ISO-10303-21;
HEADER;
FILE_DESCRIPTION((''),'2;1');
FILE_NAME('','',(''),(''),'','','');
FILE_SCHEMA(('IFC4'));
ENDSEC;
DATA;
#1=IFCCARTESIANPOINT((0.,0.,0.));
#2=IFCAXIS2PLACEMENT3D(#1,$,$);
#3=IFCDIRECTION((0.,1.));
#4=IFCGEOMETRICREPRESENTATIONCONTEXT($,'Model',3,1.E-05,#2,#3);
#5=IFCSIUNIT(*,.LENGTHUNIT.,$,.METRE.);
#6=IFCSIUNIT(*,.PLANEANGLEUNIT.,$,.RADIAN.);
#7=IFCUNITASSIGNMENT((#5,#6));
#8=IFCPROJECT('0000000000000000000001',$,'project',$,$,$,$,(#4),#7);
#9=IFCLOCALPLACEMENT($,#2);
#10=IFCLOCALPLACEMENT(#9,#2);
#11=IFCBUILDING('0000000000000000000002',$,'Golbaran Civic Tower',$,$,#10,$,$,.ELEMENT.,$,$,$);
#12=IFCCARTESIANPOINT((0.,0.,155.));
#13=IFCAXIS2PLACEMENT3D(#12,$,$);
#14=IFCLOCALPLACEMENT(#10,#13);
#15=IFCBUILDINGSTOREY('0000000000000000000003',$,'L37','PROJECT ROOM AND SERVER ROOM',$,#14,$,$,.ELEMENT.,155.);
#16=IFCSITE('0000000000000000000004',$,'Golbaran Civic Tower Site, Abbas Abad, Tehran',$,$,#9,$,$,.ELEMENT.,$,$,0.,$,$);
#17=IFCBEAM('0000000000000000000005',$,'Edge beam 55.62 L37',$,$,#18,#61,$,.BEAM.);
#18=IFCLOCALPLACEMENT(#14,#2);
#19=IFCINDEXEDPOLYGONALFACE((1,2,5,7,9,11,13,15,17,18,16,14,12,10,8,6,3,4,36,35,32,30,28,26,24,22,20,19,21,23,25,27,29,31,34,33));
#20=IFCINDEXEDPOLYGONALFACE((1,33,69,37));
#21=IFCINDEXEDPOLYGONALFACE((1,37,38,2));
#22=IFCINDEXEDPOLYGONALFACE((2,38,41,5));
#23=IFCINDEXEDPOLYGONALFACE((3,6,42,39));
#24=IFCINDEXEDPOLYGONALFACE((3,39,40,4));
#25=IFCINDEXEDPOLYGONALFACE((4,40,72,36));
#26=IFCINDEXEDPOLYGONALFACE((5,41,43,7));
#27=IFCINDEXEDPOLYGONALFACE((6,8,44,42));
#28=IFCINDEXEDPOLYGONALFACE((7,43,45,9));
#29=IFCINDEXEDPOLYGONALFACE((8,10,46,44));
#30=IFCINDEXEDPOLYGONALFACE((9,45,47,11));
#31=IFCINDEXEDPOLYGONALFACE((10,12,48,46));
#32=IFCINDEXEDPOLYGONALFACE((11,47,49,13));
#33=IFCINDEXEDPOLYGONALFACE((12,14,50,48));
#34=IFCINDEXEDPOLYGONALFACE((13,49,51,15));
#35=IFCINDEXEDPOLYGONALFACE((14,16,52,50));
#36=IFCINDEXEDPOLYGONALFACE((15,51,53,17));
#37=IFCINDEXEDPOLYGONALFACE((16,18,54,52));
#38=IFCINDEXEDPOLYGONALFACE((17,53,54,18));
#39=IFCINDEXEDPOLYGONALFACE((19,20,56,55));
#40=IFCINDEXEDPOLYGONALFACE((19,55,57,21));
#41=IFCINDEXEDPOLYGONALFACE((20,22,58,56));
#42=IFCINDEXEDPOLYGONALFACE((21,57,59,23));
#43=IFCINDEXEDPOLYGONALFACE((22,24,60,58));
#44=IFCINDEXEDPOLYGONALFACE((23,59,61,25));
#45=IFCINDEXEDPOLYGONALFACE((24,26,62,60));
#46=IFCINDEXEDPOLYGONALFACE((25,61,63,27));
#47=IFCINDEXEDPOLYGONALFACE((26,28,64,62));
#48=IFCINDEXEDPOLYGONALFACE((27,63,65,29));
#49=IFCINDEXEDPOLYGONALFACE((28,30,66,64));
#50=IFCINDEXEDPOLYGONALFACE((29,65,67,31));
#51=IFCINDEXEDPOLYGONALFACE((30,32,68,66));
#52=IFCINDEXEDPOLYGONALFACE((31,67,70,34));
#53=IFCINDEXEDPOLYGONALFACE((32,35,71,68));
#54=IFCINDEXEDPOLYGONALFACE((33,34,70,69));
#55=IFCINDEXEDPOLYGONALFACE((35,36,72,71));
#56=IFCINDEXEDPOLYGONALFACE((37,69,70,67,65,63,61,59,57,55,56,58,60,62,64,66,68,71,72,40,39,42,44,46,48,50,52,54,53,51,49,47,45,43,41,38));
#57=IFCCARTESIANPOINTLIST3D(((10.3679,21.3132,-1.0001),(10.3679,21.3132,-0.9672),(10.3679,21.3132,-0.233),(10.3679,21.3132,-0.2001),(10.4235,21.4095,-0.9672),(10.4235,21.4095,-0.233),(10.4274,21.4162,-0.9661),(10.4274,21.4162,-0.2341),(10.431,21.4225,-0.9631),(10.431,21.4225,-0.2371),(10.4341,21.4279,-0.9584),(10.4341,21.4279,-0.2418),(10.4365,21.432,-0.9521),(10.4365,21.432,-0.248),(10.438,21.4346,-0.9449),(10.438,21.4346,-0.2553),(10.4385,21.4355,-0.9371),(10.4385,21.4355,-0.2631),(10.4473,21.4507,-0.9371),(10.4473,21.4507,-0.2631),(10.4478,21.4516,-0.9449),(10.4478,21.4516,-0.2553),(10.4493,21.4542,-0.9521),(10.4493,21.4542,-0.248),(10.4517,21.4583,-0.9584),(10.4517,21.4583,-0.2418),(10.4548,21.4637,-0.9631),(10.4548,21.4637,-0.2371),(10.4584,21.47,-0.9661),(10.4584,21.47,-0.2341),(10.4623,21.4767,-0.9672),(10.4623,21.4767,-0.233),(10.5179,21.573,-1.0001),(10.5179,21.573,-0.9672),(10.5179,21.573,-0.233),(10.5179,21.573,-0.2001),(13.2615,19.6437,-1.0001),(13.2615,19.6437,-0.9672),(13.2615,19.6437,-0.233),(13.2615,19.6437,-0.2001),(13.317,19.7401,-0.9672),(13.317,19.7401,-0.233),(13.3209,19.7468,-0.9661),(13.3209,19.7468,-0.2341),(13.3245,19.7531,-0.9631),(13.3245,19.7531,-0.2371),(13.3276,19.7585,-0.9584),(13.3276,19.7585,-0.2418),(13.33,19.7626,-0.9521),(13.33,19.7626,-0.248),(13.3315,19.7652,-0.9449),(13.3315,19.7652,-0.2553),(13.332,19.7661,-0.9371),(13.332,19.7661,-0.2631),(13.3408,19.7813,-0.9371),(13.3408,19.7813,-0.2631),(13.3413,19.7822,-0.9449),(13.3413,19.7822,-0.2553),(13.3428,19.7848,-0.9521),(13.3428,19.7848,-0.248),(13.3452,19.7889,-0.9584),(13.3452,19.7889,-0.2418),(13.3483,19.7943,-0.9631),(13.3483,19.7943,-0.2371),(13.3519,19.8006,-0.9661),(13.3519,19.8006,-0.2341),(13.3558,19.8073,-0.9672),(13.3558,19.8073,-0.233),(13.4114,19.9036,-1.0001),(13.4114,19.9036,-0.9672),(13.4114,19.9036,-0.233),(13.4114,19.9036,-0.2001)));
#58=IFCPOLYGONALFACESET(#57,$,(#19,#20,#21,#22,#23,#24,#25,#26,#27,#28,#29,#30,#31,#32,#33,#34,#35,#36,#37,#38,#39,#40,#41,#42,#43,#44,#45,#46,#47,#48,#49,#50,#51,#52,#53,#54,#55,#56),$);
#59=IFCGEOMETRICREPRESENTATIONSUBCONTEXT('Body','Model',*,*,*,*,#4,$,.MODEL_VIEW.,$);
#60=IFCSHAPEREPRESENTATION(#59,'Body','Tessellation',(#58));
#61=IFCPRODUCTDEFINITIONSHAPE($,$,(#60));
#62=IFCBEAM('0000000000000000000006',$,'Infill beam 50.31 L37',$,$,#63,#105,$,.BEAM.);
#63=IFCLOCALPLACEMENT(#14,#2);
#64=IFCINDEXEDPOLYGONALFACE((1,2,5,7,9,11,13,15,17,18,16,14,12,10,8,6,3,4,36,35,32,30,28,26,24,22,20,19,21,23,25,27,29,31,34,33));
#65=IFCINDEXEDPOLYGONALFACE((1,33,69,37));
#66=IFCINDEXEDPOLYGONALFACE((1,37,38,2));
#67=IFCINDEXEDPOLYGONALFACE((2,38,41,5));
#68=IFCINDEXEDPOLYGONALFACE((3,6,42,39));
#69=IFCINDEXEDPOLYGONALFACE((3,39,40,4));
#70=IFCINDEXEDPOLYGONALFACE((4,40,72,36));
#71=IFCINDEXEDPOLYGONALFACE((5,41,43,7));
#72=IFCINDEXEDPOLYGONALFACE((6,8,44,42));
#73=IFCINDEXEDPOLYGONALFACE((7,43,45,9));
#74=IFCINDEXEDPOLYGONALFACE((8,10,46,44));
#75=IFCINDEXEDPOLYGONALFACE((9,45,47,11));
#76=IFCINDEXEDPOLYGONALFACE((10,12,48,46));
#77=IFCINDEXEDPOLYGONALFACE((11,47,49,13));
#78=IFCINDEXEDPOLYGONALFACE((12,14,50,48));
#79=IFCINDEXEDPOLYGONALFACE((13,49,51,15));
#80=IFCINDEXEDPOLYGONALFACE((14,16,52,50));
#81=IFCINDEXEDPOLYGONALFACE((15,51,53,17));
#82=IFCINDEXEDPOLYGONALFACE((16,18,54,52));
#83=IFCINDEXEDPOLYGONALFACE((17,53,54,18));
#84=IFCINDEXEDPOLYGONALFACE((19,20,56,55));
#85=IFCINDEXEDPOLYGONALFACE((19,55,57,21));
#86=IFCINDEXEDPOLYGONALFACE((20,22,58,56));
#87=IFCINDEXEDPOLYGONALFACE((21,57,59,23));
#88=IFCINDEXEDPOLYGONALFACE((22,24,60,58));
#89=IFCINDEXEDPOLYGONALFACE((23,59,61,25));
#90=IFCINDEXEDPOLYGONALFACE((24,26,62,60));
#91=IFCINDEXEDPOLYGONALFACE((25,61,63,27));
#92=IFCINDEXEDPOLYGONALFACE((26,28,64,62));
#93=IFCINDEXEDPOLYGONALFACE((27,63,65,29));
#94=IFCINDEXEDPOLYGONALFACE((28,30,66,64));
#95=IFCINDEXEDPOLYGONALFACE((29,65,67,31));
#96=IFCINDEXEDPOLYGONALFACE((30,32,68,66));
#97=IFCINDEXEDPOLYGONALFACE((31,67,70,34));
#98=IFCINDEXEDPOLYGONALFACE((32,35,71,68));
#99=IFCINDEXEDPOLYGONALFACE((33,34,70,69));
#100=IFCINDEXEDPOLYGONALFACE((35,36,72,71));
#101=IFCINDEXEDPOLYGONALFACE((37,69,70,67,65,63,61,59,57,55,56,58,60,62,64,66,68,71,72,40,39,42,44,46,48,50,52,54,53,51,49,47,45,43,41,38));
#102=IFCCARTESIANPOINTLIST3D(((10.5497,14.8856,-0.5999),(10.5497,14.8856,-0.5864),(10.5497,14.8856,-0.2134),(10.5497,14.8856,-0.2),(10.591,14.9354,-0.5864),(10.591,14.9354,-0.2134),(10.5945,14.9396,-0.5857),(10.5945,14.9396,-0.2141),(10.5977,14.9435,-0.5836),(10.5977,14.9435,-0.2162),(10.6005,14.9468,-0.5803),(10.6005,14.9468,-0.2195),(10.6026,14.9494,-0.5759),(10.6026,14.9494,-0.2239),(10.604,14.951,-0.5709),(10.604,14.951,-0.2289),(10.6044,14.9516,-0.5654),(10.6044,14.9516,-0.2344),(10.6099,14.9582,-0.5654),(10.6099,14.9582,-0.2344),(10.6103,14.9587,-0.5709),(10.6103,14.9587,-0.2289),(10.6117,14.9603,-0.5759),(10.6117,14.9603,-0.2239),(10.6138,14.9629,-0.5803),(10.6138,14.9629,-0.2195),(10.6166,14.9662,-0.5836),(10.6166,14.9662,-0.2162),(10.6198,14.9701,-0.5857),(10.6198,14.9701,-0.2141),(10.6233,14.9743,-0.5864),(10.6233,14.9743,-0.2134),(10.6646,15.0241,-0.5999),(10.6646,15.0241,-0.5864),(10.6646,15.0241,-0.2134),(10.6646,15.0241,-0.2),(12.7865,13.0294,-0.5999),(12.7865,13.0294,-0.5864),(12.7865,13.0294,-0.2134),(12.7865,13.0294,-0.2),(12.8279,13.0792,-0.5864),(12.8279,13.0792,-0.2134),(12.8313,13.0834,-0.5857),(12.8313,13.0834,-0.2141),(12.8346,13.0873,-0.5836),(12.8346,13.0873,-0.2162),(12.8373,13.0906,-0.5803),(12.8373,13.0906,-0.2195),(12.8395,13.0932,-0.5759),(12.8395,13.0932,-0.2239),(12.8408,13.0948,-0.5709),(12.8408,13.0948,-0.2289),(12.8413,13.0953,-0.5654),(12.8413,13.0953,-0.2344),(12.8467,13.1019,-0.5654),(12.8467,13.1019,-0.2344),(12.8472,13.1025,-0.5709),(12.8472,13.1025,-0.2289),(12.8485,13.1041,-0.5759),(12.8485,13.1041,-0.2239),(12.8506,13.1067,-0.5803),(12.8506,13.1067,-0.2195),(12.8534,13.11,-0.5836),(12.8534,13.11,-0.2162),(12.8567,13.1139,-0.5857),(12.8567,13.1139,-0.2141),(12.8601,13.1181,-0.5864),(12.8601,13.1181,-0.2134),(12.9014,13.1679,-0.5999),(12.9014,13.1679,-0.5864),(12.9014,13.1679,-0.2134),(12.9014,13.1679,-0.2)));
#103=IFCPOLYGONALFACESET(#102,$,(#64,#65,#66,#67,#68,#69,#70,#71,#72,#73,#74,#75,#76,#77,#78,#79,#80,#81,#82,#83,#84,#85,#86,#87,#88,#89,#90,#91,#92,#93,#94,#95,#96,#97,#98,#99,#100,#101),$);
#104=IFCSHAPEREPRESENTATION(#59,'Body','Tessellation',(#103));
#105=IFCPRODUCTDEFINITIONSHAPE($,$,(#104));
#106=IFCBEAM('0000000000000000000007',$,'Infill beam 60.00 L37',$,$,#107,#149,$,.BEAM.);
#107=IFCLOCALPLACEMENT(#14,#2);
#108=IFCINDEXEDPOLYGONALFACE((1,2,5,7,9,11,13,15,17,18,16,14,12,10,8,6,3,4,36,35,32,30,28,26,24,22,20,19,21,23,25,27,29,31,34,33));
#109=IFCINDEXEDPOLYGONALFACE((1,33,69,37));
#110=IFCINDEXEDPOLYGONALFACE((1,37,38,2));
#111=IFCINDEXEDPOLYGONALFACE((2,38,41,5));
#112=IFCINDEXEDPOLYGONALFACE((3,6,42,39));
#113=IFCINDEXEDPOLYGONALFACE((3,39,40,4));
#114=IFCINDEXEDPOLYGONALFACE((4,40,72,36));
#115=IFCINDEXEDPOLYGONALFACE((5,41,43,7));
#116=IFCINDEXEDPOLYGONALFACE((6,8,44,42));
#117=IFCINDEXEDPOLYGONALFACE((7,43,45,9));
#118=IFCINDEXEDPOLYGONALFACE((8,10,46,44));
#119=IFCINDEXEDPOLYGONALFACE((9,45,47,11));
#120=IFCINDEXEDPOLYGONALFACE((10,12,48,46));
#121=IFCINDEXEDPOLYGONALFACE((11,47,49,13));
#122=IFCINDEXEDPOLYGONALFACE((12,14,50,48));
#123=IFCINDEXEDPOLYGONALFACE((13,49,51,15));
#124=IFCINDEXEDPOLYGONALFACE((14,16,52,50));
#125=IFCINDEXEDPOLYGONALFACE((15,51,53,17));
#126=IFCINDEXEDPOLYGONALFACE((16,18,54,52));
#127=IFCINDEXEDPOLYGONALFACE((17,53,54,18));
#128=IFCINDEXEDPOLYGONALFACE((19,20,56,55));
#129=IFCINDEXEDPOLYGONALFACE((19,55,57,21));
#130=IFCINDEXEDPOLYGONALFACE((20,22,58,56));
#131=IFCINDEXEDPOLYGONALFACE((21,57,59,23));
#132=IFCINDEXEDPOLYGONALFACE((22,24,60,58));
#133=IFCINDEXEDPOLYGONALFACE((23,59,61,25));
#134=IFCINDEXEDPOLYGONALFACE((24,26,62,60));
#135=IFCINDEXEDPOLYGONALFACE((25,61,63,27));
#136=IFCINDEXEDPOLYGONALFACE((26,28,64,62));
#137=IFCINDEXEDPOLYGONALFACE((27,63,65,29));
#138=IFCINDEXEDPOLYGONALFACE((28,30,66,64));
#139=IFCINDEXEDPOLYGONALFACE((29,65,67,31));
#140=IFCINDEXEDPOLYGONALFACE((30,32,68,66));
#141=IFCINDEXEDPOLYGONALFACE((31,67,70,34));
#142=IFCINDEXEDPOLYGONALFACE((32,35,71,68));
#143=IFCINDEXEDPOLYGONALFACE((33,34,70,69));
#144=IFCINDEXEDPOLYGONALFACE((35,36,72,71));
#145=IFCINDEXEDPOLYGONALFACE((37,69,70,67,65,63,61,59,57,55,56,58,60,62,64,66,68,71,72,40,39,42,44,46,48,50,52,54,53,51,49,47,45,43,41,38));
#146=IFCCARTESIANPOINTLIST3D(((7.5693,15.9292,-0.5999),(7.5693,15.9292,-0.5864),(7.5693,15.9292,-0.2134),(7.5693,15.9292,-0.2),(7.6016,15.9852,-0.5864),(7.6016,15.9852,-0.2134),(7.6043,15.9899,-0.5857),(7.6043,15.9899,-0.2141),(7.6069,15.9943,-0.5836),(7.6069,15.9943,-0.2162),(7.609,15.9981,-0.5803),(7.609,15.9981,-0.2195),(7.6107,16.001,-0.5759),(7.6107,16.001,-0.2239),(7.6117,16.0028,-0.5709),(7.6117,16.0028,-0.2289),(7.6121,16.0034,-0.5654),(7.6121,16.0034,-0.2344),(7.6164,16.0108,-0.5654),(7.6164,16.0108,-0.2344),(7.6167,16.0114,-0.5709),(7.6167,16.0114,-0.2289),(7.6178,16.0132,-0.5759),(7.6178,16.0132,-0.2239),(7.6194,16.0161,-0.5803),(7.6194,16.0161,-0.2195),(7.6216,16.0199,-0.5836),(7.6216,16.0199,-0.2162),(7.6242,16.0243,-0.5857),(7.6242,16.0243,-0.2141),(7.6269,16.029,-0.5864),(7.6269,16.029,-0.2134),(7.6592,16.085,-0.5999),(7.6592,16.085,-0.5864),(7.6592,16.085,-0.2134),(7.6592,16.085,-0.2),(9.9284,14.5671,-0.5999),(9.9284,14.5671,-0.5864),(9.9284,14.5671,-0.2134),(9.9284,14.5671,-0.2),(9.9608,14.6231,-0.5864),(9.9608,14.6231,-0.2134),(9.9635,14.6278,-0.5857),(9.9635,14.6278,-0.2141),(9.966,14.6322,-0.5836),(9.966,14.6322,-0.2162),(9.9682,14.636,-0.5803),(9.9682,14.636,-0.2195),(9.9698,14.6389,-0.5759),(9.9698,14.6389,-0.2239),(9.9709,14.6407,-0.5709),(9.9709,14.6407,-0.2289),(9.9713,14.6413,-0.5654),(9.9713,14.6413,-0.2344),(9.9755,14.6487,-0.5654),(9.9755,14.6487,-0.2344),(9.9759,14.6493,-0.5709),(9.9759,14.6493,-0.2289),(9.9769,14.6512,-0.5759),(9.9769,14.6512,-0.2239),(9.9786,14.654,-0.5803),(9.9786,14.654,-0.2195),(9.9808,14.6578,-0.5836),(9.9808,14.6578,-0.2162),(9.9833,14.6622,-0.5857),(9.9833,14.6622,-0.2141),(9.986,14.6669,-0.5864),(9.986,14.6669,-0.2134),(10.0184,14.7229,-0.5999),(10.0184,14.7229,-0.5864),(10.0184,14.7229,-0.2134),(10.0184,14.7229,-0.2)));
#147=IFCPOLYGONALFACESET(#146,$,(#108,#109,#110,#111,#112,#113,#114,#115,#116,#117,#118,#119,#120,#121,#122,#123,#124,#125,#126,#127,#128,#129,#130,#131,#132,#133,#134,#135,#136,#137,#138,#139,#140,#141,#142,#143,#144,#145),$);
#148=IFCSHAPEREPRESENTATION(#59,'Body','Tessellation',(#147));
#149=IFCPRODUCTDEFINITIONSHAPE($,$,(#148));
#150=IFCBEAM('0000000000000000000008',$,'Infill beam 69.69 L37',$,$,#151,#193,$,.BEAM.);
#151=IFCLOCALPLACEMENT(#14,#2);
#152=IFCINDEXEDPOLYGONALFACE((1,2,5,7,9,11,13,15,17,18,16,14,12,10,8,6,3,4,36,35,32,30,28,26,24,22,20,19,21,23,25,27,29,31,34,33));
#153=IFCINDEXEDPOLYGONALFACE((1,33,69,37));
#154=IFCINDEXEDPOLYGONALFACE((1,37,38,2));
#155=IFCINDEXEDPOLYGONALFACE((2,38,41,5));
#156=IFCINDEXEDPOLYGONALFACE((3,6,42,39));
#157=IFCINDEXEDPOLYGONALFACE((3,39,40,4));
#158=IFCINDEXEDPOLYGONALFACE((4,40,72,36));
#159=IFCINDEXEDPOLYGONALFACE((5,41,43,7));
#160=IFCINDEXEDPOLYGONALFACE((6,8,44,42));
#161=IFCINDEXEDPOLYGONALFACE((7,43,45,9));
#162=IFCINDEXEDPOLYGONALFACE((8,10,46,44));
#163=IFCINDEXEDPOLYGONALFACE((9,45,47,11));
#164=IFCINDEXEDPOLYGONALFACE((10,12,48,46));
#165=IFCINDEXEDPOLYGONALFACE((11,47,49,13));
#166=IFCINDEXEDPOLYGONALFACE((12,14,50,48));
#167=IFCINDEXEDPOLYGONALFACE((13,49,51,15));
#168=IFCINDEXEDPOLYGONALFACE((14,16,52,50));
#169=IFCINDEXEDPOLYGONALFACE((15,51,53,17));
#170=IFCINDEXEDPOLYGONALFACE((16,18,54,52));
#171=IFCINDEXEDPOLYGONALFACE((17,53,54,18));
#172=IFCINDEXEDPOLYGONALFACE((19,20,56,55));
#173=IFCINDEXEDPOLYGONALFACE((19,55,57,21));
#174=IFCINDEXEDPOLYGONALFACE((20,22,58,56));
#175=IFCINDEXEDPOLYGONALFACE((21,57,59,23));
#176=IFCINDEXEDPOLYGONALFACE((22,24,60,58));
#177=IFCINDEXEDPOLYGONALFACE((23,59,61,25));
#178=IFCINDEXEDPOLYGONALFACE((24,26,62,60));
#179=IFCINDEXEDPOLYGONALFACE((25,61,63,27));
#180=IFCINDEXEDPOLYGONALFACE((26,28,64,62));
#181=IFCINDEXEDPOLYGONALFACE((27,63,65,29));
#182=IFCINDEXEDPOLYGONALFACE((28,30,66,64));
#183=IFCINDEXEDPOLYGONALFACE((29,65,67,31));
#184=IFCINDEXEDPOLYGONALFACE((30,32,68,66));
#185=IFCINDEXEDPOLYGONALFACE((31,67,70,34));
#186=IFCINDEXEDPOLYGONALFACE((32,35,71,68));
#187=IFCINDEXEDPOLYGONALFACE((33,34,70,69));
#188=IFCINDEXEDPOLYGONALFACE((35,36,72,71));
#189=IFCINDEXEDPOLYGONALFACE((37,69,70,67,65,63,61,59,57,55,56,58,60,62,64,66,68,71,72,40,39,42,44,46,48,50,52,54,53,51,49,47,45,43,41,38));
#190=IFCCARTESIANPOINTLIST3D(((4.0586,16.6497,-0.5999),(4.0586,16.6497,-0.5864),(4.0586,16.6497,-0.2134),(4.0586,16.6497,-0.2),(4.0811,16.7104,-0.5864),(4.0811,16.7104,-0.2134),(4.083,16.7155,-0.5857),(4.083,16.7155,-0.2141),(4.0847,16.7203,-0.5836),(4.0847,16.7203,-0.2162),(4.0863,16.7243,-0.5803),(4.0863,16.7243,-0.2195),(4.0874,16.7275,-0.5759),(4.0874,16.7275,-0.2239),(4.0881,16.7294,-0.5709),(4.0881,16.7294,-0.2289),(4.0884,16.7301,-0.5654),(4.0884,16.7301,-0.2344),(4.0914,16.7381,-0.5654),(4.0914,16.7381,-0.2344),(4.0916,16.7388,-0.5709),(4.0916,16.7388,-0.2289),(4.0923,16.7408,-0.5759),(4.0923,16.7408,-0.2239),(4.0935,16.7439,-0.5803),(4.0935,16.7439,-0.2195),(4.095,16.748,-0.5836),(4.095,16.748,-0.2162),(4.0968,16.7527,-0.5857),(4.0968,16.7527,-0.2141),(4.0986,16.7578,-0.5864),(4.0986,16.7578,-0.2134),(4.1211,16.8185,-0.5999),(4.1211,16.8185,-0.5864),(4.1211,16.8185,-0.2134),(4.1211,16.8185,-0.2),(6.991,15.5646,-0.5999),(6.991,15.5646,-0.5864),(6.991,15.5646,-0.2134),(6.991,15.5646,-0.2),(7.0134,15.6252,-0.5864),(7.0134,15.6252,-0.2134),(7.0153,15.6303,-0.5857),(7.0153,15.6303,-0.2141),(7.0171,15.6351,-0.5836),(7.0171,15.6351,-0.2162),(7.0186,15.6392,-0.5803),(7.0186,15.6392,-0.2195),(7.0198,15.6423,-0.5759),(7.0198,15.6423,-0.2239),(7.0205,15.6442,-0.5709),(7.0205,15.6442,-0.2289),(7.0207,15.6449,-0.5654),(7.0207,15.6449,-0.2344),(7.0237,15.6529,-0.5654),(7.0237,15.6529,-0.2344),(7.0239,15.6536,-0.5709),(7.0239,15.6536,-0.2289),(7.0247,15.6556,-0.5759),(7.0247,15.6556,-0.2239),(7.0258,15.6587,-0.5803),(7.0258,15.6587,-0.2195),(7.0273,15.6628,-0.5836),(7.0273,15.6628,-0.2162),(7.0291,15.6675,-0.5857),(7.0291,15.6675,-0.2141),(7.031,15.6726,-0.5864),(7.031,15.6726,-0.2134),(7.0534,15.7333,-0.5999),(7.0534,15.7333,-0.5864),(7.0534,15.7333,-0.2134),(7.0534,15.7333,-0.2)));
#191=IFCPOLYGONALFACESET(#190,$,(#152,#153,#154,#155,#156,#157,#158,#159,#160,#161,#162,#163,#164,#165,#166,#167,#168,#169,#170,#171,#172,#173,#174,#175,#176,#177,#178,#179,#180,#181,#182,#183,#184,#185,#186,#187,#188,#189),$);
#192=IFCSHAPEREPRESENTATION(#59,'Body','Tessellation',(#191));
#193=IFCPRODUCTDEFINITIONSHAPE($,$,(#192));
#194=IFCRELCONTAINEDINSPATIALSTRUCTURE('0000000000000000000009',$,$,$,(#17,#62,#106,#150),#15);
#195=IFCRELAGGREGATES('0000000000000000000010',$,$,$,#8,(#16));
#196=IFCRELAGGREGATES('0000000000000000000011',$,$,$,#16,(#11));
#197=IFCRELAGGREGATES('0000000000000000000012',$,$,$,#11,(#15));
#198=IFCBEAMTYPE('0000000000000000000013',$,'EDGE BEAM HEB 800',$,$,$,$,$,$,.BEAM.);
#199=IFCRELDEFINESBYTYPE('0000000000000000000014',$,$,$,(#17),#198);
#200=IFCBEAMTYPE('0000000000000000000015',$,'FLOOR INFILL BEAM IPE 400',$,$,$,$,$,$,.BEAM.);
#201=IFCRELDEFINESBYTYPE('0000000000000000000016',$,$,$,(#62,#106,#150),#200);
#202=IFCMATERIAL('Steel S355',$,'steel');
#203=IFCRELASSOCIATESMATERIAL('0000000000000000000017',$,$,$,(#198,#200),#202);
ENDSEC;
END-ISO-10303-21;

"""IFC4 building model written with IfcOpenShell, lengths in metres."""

from ifc_helpers import new_model, si_unit, direction, frame, origin, origin_2d, place, context, subcontext, project, spatial, i_section, extrude, material, material_profile, profile_set, type_object, element, save


model = new_model("IFC4")

# Units and contexts
model_context = context("Model", 3, precision=1e-05, world=origin(), true_north=direction((0.0, 1.0)))
body_context = subcontext(model_context, "Body", "Model", "MODEL_VIEW")
ifc_project = project(units=[si_unit("LENGTHUNIT", "METRE"), si_unit("PLANEANGLEUNIT", "RADIAN")], contexts=[model_context])

# Site, building, storey
site_placement = place(None, origin())
site = spatial("IfcSite", under=ifc_project, at=site_placement, Name="Golbaran Civic Tower Site, Abbas Abad, Tehran", CompositionType="ELEMENT", RefElevation=0.0)
building_placement = place(site_placement, origin())
building = spatial("IfcBuilding", under=site, at=building_placement, Name="Golbaran Civic Tower", CompositionType="ELEMENT")
storey_placement = place(building_placement, frame((0.0, 0.0, 155.0)))
storey = spatial("IfcBuildingStorey", under=building, at=storey_placement, Name="L37", Description="PROJECT ROOM AND SERVER ROOM", CompositionType="ELEMENT", Elevation=155.0)

# Beams
ifc_material_1 = material(Name="Steel S355", Category="steel")
ifc_material_profile_1 = material_profile(ifc_material_1, i_section(OverallWidth=0.3, OverallDepth=0.8, WebThickness=0.0176, FlangeThickness=0.033, FilletRadius=0.03, at=origin_2d()), Name="HEB 800")
ifc_profile_set_1 = profile_set([ifc_material_profile_1], Name="Steel S355")
beam_type_1 = type_object("IfcBeamType", Name="EDGE BEAM HEB 800", PredefinedType="BEAM", material=ifc_profile_set_1)
beam_1_placement = place(storey_placement, frame((13.3364, 19.7737, -0.6001), z_axis=(-0.866176, 0.499739, 0.0), x_axis=(-0.499739, -0.866176, 0.0)))
element("IfcBeam", 1, at=beam_1_placement, inside=storey, type_object=beam_type_1, Name="Edge beam 55.62 L37", PredefinedType="BEAM", context=body_context, shape_type="SweptSolid", body=[
    extrude(i_section(OverallWidth=0.3, OverallDepth=0.8, WebThickness=0.0176, FlangeThickness=0.033, FilletRadius=0.03, at=origin_2d()), origin(), (0.0, 0.0, 1.0), 3.3406),
])
ifc_material_profile_2 = material_profile(ifc_material_1, i_section(OverallWidth=0.1799, OverallDepth=0.3999, WebThickness=0.0085, FlangeThickness=0.0134, FilletRadius=0.021, at=origin_2d()), Name="IPE 400")
ifc_profile_set_2 = profile_set([ifc_material_profile_2], Name="Steel S355")
beam_type_2 = type_object("IfcBeamType", Name="FLOOR INFILL BEAM IPE 400", PredefinedType="BEAM", material=ifc_profile_set_2)
beam_2_placement = place(storey_placement, frame((12.844, 13.0986, -0.3999), z_axis=(-0.769541, 0.638597, 0.0), x_axis=(-0.638597, -0.769541, 0.0)))
element("IfcBeam", 2, at=beam_2_placement, inside=storey, type_object=beam_type_2, Name="Infill beam 50.31 L37", PredefinedType="BEAM", context=body_context, shape_type="SweptSolid", body=[
    extrude(i_section(OverallWidth=0.1799, OverallDepth=0.3999, WebThickness=0.0085, FlangeThickness=0.0134, FilletRadius=0.021, at=origin_2d()), origin(), (0.0, 0.0, 1.0), 2.9067),
])
beam_3_placement = place(storey_placement, frame((9.9734, 14.645, -0.3999), z_axis=(-0.866023, 0.500004, 0.0), x_axis=(-0.500004, -0.866023, 0.0)))
element("IfcBeam", 3, at=beam_3_placement, inside=storey, type_object=beam_type_2, Name="Infill beam 60.00 L37", PredefinedType="BEAM", context=body_context, shape_type="SweptSolid", body=[
    extrude(i_section(OverallWidth=0.1799, OverallDepth=0.3999, WebThickness=0.0085, FlangeThickness=0.0134, FilletRadius=0.021, at=origin_2d()), origin(), (0.0, 0.0, 1.0), 2.7241),
])
beam_4_placement = place(storey_placement, frame((7.0222, 15.6489, -0.3999), z_axis=(-0.937838, 0.347073, 0.0), x_axis=(-0.347073, -0.937838, 0.0)))
element("IfcBeam", 4, at=beam_4_placement, inside=storey, type_object=beam_type_2, Name="Infill beam 69.69 L37", PredefinedType="BEAM", context=body_context, shape_type="SweptSolid", body=[
    extrude(i_section(OverallWidth=0.1799, OverallDepth=0.3999, WebThickness=0.0085, FlangeThickness=0.0134, FilletRadius=0.021, at=origin_2d()), origin(), (0.0, 0.0, 1.0), 3.1267),
])

save(model, "model.ifc")
